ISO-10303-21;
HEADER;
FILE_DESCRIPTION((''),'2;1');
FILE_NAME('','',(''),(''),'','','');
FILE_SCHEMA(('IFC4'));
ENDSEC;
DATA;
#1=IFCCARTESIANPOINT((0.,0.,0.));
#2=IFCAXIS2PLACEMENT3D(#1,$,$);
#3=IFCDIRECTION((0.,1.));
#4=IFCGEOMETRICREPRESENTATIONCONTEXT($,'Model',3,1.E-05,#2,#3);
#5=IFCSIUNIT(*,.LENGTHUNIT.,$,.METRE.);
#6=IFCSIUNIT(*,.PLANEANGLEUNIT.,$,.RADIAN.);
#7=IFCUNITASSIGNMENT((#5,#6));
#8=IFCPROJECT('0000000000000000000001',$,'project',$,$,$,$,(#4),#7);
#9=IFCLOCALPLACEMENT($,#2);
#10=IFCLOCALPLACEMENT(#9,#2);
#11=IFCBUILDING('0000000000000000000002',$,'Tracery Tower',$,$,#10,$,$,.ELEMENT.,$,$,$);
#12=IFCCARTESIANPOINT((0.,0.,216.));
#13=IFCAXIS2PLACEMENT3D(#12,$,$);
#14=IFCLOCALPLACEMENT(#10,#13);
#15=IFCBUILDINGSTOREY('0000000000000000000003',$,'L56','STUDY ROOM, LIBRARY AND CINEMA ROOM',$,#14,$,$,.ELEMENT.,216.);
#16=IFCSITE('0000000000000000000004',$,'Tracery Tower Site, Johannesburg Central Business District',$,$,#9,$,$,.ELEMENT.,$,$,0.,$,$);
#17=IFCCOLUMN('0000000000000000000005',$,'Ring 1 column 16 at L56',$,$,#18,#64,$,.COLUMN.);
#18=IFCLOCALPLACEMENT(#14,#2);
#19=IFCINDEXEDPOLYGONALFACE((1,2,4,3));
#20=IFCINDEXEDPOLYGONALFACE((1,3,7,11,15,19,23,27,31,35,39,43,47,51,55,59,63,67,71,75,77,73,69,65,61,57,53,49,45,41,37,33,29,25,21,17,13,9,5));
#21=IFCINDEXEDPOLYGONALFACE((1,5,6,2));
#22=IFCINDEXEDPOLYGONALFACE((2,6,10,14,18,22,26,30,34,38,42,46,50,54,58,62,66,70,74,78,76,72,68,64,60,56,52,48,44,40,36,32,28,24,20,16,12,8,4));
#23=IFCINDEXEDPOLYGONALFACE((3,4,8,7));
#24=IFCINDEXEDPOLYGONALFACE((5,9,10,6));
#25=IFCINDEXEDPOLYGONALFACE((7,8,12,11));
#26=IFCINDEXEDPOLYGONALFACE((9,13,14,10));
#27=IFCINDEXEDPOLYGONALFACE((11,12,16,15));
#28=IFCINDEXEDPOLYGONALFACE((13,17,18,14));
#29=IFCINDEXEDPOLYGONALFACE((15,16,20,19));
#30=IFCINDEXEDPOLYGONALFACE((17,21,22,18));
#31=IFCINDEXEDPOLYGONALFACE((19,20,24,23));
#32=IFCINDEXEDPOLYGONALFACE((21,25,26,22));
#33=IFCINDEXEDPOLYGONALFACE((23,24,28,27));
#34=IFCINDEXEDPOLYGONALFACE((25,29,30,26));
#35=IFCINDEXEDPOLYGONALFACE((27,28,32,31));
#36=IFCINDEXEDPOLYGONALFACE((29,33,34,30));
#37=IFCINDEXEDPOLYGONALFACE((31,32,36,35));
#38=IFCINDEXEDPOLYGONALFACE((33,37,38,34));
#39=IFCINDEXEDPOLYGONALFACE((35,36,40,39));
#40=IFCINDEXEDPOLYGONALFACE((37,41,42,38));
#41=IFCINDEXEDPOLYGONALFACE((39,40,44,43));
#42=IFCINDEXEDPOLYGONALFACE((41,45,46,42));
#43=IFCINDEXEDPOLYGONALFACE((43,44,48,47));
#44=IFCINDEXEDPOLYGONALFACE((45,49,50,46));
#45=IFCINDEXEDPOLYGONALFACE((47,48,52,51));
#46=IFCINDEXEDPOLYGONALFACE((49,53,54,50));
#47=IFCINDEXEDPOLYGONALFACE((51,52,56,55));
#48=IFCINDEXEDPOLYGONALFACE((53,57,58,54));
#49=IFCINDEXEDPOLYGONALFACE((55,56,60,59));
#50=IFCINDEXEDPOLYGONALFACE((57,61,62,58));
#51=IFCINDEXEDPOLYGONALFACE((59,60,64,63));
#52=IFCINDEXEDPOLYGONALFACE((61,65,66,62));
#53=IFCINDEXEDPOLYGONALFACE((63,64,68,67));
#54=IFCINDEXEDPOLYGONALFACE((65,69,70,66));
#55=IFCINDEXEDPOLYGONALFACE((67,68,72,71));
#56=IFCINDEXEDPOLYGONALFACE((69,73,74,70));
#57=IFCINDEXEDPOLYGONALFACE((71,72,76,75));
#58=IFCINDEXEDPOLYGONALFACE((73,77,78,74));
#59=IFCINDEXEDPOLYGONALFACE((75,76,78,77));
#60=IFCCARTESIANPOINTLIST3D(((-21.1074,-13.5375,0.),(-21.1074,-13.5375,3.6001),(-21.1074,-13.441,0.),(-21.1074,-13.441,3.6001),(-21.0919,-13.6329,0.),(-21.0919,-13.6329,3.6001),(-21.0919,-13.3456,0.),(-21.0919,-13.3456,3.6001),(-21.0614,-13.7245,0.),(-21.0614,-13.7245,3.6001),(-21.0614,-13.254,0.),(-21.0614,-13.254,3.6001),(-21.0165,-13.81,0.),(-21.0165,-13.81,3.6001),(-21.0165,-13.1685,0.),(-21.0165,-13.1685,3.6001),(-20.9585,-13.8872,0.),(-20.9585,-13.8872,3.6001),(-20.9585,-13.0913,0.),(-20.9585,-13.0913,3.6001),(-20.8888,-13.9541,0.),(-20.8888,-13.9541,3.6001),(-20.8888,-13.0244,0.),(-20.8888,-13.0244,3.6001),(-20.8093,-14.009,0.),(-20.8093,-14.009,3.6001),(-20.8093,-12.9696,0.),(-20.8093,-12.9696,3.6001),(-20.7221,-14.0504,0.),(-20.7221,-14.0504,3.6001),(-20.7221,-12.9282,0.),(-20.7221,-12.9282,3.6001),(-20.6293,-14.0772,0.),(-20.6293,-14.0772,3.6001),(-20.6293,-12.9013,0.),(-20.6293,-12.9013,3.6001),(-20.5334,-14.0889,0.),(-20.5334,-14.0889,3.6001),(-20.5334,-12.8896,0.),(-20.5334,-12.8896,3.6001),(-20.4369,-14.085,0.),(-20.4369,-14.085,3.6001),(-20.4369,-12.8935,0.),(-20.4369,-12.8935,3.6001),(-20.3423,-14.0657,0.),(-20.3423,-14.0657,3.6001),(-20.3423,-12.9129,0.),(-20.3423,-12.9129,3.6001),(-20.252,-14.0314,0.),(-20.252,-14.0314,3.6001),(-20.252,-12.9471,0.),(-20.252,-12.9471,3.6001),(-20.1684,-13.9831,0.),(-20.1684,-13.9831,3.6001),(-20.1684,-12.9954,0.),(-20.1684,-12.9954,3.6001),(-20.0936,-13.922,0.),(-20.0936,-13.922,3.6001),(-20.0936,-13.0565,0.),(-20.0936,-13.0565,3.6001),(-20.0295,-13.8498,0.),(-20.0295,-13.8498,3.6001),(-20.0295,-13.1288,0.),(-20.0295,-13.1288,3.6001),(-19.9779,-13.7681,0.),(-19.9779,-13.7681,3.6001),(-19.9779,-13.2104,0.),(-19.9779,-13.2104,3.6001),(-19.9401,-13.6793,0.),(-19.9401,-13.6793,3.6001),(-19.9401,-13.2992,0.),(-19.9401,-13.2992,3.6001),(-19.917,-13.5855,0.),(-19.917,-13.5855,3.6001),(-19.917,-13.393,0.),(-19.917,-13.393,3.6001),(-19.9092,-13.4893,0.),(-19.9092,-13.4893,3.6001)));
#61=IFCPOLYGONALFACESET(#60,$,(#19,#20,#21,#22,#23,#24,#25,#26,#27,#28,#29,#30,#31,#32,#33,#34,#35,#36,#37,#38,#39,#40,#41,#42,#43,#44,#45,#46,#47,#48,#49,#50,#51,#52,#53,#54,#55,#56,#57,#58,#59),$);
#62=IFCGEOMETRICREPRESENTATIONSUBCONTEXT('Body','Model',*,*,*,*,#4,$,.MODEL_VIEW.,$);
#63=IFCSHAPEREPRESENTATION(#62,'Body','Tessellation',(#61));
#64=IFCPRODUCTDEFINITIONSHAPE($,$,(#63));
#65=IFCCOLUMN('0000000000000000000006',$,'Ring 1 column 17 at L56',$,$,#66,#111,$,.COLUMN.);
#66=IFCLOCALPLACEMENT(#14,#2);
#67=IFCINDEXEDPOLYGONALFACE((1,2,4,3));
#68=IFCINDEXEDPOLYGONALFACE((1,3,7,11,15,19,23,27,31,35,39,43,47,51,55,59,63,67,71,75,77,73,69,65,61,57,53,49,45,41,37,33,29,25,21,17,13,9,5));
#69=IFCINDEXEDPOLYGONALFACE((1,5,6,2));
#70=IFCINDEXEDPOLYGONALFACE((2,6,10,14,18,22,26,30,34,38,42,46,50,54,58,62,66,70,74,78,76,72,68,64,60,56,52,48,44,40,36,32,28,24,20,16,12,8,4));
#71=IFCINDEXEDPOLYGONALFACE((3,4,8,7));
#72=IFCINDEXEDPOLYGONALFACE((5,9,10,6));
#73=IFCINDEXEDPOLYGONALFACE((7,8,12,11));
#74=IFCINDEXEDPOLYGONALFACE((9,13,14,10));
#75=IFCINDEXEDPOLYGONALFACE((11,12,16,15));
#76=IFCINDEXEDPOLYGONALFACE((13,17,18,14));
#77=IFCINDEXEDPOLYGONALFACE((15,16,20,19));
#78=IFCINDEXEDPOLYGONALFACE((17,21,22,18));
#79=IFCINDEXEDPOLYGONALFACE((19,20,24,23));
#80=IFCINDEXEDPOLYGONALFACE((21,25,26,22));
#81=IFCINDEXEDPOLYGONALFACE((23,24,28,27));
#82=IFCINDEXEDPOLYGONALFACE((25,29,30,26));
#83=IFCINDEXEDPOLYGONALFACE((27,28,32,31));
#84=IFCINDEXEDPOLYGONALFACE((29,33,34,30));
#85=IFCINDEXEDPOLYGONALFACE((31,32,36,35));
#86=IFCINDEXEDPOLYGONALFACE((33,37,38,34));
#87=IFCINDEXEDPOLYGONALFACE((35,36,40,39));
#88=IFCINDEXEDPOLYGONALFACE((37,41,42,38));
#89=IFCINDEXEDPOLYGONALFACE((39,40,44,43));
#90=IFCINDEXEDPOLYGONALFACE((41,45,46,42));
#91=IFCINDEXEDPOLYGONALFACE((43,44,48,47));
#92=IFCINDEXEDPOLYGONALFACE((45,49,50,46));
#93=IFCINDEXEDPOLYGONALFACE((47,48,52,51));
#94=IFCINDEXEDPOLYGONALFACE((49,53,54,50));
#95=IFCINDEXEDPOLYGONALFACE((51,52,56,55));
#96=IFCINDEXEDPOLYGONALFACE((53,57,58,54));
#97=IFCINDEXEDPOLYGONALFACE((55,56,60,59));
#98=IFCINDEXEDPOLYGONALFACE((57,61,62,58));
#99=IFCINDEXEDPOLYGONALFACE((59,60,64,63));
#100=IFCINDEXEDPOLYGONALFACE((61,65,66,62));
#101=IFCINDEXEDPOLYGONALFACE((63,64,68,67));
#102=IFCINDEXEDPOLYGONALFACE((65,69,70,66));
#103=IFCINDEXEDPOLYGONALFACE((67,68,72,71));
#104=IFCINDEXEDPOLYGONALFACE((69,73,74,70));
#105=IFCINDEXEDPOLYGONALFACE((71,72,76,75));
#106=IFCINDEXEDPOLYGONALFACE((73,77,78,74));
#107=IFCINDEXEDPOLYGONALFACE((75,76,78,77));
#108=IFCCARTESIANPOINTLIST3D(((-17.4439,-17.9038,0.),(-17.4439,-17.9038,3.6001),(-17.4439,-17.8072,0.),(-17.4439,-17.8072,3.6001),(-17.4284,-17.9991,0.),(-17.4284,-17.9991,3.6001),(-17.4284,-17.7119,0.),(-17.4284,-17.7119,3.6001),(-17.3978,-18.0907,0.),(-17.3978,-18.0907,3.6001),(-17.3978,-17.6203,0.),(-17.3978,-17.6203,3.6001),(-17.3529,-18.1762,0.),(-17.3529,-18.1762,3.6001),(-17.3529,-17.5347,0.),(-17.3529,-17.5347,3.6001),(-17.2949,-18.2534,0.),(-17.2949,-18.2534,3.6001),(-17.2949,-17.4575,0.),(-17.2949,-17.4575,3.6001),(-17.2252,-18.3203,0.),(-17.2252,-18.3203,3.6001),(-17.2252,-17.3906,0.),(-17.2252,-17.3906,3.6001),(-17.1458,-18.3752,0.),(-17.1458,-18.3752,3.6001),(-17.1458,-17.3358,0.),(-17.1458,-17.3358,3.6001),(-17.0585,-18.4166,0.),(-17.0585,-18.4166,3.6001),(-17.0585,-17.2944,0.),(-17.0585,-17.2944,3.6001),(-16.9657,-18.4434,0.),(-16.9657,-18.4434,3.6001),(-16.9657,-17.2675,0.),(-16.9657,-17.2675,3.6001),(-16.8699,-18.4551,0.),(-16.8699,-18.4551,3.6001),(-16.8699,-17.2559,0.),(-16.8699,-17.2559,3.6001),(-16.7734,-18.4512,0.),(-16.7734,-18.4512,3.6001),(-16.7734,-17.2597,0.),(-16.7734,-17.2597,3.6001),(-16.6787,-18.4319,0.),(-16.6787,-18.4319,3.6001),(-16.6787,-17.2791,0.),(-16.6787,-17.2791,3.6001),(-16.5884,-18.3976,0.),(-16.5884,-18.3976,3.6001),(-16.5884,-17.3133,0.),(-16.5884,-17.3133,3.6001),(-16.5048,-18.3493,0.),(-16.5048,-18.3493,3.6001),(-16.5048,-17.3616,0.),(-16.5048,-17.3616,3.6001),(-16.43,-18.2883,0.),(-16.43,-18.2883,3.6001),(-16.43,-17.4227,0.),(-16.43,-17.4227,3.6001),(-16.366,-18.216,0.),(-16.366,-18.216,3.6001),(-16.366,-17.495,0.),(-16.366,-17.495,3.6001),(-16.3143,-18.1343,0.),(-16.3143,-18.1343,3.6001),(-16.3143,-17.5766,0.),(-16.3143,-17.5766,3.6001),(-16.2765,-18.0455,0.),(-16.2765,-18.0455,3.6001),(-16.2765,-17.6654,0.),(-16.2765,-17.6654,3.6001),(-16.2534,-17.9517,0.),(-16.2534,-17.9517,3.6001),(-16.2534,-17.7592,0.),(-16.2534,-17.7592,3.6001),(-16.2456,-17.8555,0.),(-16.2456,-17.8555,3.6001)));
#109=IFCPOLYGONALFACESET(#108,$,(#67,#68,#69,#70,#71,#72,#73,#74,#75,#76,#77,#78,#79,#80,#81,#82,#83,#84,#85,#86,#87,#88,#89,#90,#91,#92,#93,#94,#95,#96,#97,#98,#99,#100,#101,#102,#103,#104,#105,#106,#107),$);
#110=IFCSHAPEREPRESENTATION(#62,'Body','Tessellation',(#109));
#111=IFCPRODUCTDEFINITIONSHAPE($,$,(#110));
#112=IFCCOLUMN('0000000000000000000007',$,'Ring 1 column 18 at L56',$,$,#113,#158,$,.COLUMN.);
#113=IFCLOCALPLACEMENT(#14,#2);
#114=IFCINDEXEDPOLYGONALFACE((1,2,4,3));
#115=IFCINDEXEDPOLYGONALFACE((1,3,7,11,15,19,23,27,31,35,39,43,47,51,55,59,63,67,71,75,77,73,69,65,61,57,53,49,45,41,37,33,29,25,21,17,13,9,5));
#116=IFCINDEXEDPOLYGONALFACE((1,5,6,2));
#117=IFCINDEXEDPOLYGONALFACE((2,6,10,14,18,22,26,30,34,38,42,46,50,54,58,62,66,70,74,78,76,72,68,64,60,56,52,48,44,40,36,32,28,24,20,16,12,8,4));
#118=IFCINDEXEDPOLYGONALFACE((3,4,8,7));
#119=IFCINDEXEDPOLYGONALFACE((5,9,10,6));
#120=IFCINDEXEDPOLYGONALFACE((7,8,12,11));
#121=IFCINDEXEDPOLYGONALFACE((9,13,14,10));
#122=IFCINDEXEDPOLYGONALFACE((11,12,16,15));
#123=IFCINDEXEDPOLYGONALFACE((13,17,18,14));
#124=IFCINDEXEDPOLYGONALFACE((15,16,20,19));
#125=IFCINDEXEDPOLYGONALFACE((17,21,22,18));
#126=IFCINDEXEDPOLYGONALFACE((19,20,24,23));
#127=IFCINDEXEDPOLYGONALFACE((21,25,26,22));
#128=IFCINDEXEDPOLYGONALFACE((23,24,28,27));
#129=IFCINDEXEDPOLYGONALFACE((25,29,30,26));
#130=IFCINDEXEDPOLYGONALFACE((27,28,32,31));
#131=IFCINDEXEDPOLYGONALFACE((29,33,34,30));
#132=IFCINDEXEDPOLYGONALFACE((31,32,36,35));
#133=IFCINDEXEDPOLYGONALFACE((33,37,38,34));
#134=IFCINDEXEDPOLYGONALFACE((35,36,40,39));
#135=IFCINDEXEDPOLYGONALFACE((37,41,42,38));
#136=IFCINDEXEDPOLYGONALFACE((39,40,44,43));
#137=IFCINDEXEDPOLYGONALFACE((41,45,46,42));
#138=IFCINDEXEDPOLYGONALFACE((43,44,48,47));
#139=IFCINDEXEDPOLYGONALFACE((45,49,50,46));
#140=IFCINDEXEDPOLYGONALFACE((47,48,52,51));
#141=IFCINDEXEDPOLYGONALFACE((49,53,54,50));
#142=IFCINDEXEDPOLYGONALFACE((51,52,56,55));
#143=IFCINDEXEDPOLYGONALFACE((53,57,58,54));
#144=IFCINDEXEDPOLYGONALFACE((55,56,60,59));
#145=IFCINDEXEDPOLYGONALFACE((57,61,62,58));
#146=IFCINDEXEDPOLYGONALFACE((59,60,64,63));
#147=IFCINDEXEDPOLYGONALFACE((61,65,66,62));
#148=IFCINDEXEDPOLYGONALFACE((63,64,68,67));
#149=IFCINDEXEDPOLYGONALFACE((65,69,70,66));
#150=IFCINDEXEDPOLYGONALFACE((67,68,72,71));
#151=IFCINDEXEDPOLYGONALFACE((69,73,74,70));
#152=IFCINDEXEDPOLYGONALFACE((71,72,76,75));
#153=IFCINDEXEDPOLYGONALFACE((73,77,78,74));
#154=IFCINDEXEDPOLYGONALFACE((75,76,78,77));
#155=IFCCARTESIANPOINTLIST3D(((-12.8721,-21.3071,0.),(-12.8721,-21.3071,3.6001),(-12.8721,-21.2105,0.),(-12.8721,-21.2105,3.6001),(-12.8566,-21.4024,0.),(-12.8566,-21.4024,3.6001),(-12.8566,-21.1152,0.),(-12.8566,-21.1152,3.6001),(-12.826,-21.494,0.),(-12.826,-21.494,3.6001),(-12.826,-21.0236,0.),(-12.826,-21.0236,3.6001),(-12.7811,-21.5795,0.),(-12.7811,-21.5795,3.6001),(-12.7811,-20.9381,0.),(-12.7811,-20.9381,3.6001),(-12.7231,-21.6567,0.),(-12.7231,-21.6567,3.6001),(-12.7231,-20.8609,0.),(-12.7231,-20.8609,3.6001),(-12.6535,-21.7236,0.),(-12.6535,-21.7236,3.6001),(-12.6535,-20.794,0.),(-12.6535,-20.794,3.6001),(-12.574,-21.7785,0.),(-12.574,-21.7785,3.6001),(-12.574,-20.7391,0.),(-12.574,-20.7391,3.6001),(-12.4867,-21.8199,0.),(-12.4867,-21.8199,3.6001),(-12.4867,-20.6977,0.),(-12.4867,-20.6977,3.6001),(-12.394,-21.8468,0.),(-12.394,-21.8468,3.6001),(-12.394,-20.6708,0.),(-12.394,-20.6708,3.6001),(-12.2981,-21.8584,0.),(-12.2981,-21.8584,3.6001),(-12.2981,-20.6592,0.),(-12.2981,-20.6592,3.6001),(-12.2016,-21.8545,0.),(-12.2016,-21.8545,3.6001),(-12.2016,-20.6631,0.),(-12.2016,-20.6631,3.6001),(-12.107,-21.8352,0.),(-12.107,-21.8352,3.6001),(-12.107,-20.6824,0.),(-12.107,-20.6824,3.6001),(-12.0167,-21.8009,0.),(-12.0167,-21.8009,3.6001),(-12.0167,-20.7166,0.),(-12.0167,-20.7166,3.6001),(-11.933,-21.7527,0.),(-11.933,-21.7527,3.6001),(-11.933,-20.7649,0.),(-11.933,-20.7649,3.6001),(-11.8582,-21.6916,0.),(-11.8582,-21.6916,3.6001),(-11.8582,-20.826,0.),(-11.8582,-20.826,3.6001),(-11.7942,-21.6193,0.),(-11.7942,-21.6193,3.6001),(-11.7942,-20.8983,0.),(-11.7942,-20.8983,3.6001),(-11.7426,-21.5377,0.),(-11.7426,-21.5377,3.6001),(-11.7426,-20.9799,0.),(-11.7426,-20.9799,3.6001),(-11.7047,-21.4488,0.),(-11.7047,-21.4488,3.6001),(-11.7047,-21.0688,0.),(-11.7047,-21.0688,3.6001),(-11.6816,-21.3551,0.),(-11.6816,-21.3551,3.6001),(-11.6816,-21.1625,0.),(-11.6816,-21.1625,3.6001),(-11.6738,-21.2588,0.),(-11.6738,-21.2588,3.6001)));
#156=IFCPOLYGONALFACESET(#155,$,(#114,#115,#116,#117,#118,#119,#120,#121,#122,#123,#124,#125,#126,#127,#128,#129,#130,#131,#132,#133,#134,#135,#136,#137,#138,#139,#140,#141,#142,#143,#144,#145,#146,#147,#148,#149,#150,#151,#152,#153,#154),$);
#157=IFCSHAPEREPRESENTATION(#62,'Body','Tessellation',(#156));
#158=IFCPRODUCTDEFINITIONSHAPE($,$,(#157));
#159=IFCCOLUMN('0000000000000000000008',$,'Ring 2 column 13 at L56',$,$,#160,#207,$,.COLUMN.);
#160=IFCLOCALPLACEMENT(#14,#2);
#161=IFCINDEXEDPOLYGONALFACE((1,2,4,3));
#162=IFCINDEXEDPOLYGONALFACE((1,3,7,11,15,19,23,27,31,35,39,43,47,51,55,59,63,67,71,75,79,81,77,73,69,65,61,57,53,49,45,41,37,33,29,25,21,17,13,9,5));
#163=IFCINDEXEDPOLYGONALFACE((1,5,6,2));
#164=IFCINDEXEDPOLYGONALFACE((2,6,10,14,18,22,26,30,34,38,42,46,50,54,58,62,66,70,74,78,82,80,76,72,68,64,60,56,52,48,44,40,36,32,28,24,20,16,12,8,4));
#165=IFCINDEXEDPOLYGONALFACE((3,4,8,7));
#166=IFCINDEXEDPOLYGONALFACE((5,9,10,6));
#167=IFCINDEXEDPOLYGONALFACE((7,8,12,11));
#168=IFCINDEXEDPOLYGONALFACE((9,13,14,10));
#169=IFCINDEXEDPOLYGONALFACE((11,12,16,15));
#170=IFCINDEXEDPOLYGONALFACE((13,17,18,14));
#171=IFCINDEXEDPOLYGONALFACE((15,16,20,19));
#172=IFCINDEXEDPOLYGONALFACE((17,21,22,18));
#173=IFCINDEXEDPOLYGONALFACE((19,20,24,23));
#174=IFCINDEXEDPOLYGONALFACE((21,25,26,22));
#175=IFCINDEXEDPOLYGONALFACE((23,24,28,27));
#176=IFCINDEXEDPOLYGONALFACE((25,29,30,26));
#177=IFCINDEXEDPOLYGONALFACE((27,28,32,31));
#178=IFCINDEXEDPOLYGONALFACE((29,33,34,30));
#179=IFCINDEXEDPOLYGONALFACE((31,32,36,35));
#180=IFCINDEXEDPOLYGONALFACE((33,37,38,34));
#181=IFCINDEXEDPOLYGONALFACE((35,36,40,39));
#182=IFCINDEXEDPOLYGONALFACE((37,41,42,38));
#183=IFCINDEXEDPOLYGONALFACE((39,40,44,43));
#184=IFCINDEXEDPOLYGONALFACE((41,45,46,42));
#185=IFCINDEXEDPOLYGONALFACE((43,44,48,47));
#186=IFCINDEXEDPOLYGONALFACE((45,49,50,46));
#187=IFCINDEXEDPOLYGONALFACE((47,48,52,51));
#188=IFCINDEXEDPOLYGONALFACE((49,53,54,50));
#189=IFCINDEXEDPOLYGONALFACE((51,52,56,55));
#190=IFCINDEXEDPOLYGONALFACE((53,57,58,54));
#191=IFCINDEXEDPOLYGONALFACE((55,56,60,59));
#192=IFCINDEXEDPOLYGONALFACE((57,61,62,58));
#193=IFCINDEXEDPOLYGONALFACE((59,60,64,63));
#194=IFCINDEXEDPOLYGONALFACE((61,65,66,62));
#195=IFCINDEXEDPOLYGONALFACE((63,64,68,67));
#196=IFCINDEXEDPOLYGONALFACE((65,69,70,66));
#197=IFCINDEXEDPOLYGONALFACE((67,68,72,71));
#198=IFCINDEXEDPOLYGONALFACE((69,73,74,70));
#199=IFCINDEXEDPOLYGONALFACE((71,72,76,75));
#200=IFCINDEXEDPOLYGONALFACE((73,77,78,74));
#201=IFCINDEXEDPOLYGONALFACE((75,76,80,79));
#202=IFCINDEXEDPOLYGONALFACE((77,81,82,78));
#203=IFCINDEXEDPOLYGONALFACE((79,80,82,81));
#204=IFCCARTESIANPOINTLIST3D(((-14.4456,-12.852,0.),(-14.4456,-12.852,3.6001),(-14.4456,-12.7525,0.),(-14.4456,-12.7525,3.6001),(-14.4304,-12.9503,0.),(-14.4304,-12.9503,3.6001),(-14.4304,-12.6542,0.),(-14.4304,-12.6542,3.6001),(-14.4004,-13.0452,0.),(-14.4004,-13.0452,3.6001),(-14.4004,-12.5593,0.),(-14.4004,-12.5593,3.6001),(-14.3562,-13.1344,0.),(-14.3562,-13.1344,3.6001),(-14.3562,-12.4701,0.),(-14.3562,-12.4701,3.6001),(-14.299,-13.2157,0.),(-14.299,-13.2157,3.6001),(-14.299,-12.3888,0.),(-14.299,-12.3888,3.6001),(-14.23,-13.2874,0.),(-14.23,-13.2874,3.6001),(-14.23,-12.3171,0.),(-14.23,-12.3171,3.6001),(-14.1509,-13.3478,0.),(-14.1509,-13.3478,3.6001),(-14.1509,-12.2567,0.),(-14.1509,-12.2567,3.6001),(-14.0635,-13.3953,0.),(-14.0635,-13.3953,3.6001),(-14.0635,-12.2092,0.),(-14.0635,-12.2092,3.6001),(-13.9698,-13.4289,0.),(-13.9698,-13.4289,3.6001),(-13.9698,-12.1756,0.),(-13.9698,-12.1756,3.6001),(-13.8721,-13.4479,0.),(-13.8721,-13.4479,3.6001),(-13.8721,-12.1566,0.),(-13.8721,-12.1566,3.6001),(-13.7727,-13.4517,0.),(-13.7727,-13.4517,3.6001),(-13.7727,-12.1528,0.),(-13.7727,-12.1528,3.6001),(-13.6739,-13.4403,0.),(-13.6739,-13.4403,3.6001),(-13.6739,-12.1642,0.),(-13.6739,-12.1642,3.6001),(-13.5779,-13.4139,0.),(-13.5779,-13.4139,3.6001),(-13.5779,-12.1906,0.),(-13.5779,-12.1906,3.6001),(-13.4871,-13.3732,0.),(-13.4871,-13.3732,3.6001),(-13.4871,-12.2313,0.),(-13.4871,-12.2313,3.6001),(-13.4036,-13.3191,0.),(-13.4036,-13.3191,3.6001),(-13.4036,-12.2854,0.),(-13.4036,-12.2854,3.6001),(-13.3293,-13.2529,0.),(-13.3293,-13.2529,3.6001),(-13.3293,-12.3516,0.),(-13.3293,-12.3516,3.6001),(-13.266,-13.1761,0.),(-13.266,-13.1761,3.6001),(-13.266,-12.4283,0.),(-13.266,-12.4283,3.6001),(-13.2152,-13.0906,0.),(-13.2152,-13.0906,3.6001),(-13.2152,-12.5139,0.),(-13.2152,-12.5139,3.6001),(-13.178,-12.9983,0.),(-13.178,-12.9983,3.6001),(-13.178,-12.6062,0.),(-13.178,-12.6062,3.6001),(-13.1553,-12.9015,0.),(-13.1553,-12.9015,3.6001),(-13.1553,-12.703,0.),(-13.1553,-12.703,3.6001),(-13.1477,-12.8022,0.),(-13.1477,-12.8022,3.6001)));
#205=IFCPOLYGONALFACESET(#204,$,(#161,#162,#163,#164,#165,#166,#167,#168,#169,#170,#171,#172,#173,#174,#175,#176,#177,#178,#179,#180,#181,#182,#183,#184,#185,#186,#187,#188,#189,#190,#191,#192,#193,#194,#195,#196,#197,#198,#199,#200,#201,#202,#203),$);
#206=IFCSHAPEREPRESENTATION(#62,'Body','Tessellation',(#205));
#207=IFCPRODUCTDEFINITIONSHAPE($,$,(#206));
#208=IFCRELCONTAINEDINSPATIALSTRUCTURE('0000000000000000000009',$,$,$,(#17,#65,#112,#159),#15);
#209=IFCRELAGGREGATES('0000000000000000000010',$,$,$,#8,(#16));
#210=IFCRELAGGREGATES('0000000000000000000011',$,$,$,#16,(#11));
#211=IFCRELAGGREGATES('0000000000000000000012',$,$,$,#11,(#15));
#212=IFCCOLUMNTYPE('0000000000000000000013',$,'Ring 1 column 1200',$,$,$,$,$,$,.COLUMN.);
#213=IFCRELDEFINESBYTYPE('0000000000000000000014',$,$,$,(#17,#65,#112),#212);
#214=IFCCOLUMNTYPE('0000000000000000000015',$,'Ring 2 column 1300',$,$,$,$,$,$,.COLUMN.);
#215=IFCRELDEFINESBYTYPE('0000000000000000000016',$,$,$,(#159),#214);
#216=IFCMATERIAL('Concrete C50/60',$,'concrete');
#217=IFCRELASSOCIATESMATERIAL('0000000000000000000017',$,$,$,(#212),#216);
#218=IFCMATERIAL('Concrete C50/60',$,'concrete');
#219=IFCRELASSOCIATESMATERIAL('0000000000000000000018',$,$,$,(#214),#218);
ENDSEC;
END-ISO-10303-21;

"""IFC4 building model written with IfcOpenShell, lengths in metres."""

from ifc_helpers import new_model, si_unit, direction, frame, origin, origin_2d, place, context, subcontext, project, spatial, circle, extrude, material, material_profile, profile_set, type_object, element, save


model = new_model("IFC4")

# Units and contexts
model_context = context("Model", 3, precision=1e-05, world=origin(), true_north=direction((0.0, 1.0)))
body_context = subcontext(model_context, "Body", "Model", "MODEL_VIEW")
ifc_project = project(units=[si_unit("LENGTHUNIT", "METRE"), si_unit("PLANEANGLEUNIT", "RADIAN")], contexts=[model_context])

# Site, building, storey
site_placement = place(None, origin())
site = spatial("IfcSite", under=ifc_project, at=site_placement, Name="Tracery Tower Site, Johannesburg Central Business District", CompositionType="ELEMENT", RefElevation=0.0)
building_placement = place(site_placement, origin())
building = spatial("IfcBuilding", under=site, at=building_placement, Name="Tracery Tower", CompositionType="ELEMENT")
storey_placement = place(building_placement, frame((0.0, 0.0, 216.0)))
storey = spatial("IfcBuildingStorey", under=building, at=storey_placement, Name="L56", Description="STUDY ROOM, LIBRARY AND CINEMA ROOM", CompositionType="ELEMENT", Elevation=216.0)

# Columns
ifc_material_1 = material(Name="Concrete C50/60", Category="concrete")
ifc_material_profile_1 = material_profile(ifc_material_1, circle(Radius=0.6001, at=origin_2d()), Name="RC D1200")
ifc_profile_set_1 = profile_set([ifc_material_profile_1], Name="Concrete C50/60")
column_type_1 = type_object("IfcColumnType", Name="Ring 1 column 1200", PredefinedType="COLUMN", material=ifc_profile_set_1)
for number, where, z_axis, x_axis, name in (
    (1, (-20.5093, -13.4893, 0.0), (0.0, 0.0, 1.0), (1.0, 0.0, 0.0), "Ring 1 column 16 at L56"),
    (2, (-16.8457, -17.8555, 0.0), (0.0, 0.0, 1.0), (1.0, 0.0, 0.0), "Ring 1 column 17 at L56"),
    (3, (-12.2739, -21.2588, 0.0), (0.0, 0.0, 1.0), (1.0, 0.0, 0.0), "Ring 1 column 18 at L56"),
):
    element("IfcColumn", number, at=place(storey_placement, frame(where, z_axis=z_axis, x_axis=x_axis)), inside=storey, type_object=column_type_1, Name=name, PredefinedType="COLUMN", context=body_context, shape_type="SweptSolid", body=[
        extrude(circle(Radius=0.6001, at=origin_2d()), origin(), (0.0, 0.0, 1.0), 3.6001),
    ])
ifc_material_2 = material(Name="Concrete C50/60", Category="concrete")
ifc_material_profile_2 = material_profile(ifc_material_2, circle(Radius=0.6499, at=origin_2d()), Name="RC D1300")
ifc_profile_set_2 = profile_set([ifc_material_profile_2], Name="Concrete C50/60")
column_type_2 = type_object("IfcColumnType", Name="Ring 2 column 1300", PredefinedType="COLUMN", material=ifc_profile_set_2)
column_placement = place(storey_placement, frame((-13.7976, -12.8022, 0.0), z_axis=(0.0, 0.0, 1.0), x_axis=(1.0, 0.0, 0.0)))
element("IfcColumn", 4, at=column_placement, inside=storey, type_object=column_type_2, Name="Ring 2 column 13 at L56", PredefinedType="COLUMN", context=body_context, shape_type="SweptSolid", body=[
    extrude(circle(Radius=0.6499, at=origin_2d()), origin(), (0.0, 0.0, 1.0), 3.6001),
])

save(model, "model.ifc")
